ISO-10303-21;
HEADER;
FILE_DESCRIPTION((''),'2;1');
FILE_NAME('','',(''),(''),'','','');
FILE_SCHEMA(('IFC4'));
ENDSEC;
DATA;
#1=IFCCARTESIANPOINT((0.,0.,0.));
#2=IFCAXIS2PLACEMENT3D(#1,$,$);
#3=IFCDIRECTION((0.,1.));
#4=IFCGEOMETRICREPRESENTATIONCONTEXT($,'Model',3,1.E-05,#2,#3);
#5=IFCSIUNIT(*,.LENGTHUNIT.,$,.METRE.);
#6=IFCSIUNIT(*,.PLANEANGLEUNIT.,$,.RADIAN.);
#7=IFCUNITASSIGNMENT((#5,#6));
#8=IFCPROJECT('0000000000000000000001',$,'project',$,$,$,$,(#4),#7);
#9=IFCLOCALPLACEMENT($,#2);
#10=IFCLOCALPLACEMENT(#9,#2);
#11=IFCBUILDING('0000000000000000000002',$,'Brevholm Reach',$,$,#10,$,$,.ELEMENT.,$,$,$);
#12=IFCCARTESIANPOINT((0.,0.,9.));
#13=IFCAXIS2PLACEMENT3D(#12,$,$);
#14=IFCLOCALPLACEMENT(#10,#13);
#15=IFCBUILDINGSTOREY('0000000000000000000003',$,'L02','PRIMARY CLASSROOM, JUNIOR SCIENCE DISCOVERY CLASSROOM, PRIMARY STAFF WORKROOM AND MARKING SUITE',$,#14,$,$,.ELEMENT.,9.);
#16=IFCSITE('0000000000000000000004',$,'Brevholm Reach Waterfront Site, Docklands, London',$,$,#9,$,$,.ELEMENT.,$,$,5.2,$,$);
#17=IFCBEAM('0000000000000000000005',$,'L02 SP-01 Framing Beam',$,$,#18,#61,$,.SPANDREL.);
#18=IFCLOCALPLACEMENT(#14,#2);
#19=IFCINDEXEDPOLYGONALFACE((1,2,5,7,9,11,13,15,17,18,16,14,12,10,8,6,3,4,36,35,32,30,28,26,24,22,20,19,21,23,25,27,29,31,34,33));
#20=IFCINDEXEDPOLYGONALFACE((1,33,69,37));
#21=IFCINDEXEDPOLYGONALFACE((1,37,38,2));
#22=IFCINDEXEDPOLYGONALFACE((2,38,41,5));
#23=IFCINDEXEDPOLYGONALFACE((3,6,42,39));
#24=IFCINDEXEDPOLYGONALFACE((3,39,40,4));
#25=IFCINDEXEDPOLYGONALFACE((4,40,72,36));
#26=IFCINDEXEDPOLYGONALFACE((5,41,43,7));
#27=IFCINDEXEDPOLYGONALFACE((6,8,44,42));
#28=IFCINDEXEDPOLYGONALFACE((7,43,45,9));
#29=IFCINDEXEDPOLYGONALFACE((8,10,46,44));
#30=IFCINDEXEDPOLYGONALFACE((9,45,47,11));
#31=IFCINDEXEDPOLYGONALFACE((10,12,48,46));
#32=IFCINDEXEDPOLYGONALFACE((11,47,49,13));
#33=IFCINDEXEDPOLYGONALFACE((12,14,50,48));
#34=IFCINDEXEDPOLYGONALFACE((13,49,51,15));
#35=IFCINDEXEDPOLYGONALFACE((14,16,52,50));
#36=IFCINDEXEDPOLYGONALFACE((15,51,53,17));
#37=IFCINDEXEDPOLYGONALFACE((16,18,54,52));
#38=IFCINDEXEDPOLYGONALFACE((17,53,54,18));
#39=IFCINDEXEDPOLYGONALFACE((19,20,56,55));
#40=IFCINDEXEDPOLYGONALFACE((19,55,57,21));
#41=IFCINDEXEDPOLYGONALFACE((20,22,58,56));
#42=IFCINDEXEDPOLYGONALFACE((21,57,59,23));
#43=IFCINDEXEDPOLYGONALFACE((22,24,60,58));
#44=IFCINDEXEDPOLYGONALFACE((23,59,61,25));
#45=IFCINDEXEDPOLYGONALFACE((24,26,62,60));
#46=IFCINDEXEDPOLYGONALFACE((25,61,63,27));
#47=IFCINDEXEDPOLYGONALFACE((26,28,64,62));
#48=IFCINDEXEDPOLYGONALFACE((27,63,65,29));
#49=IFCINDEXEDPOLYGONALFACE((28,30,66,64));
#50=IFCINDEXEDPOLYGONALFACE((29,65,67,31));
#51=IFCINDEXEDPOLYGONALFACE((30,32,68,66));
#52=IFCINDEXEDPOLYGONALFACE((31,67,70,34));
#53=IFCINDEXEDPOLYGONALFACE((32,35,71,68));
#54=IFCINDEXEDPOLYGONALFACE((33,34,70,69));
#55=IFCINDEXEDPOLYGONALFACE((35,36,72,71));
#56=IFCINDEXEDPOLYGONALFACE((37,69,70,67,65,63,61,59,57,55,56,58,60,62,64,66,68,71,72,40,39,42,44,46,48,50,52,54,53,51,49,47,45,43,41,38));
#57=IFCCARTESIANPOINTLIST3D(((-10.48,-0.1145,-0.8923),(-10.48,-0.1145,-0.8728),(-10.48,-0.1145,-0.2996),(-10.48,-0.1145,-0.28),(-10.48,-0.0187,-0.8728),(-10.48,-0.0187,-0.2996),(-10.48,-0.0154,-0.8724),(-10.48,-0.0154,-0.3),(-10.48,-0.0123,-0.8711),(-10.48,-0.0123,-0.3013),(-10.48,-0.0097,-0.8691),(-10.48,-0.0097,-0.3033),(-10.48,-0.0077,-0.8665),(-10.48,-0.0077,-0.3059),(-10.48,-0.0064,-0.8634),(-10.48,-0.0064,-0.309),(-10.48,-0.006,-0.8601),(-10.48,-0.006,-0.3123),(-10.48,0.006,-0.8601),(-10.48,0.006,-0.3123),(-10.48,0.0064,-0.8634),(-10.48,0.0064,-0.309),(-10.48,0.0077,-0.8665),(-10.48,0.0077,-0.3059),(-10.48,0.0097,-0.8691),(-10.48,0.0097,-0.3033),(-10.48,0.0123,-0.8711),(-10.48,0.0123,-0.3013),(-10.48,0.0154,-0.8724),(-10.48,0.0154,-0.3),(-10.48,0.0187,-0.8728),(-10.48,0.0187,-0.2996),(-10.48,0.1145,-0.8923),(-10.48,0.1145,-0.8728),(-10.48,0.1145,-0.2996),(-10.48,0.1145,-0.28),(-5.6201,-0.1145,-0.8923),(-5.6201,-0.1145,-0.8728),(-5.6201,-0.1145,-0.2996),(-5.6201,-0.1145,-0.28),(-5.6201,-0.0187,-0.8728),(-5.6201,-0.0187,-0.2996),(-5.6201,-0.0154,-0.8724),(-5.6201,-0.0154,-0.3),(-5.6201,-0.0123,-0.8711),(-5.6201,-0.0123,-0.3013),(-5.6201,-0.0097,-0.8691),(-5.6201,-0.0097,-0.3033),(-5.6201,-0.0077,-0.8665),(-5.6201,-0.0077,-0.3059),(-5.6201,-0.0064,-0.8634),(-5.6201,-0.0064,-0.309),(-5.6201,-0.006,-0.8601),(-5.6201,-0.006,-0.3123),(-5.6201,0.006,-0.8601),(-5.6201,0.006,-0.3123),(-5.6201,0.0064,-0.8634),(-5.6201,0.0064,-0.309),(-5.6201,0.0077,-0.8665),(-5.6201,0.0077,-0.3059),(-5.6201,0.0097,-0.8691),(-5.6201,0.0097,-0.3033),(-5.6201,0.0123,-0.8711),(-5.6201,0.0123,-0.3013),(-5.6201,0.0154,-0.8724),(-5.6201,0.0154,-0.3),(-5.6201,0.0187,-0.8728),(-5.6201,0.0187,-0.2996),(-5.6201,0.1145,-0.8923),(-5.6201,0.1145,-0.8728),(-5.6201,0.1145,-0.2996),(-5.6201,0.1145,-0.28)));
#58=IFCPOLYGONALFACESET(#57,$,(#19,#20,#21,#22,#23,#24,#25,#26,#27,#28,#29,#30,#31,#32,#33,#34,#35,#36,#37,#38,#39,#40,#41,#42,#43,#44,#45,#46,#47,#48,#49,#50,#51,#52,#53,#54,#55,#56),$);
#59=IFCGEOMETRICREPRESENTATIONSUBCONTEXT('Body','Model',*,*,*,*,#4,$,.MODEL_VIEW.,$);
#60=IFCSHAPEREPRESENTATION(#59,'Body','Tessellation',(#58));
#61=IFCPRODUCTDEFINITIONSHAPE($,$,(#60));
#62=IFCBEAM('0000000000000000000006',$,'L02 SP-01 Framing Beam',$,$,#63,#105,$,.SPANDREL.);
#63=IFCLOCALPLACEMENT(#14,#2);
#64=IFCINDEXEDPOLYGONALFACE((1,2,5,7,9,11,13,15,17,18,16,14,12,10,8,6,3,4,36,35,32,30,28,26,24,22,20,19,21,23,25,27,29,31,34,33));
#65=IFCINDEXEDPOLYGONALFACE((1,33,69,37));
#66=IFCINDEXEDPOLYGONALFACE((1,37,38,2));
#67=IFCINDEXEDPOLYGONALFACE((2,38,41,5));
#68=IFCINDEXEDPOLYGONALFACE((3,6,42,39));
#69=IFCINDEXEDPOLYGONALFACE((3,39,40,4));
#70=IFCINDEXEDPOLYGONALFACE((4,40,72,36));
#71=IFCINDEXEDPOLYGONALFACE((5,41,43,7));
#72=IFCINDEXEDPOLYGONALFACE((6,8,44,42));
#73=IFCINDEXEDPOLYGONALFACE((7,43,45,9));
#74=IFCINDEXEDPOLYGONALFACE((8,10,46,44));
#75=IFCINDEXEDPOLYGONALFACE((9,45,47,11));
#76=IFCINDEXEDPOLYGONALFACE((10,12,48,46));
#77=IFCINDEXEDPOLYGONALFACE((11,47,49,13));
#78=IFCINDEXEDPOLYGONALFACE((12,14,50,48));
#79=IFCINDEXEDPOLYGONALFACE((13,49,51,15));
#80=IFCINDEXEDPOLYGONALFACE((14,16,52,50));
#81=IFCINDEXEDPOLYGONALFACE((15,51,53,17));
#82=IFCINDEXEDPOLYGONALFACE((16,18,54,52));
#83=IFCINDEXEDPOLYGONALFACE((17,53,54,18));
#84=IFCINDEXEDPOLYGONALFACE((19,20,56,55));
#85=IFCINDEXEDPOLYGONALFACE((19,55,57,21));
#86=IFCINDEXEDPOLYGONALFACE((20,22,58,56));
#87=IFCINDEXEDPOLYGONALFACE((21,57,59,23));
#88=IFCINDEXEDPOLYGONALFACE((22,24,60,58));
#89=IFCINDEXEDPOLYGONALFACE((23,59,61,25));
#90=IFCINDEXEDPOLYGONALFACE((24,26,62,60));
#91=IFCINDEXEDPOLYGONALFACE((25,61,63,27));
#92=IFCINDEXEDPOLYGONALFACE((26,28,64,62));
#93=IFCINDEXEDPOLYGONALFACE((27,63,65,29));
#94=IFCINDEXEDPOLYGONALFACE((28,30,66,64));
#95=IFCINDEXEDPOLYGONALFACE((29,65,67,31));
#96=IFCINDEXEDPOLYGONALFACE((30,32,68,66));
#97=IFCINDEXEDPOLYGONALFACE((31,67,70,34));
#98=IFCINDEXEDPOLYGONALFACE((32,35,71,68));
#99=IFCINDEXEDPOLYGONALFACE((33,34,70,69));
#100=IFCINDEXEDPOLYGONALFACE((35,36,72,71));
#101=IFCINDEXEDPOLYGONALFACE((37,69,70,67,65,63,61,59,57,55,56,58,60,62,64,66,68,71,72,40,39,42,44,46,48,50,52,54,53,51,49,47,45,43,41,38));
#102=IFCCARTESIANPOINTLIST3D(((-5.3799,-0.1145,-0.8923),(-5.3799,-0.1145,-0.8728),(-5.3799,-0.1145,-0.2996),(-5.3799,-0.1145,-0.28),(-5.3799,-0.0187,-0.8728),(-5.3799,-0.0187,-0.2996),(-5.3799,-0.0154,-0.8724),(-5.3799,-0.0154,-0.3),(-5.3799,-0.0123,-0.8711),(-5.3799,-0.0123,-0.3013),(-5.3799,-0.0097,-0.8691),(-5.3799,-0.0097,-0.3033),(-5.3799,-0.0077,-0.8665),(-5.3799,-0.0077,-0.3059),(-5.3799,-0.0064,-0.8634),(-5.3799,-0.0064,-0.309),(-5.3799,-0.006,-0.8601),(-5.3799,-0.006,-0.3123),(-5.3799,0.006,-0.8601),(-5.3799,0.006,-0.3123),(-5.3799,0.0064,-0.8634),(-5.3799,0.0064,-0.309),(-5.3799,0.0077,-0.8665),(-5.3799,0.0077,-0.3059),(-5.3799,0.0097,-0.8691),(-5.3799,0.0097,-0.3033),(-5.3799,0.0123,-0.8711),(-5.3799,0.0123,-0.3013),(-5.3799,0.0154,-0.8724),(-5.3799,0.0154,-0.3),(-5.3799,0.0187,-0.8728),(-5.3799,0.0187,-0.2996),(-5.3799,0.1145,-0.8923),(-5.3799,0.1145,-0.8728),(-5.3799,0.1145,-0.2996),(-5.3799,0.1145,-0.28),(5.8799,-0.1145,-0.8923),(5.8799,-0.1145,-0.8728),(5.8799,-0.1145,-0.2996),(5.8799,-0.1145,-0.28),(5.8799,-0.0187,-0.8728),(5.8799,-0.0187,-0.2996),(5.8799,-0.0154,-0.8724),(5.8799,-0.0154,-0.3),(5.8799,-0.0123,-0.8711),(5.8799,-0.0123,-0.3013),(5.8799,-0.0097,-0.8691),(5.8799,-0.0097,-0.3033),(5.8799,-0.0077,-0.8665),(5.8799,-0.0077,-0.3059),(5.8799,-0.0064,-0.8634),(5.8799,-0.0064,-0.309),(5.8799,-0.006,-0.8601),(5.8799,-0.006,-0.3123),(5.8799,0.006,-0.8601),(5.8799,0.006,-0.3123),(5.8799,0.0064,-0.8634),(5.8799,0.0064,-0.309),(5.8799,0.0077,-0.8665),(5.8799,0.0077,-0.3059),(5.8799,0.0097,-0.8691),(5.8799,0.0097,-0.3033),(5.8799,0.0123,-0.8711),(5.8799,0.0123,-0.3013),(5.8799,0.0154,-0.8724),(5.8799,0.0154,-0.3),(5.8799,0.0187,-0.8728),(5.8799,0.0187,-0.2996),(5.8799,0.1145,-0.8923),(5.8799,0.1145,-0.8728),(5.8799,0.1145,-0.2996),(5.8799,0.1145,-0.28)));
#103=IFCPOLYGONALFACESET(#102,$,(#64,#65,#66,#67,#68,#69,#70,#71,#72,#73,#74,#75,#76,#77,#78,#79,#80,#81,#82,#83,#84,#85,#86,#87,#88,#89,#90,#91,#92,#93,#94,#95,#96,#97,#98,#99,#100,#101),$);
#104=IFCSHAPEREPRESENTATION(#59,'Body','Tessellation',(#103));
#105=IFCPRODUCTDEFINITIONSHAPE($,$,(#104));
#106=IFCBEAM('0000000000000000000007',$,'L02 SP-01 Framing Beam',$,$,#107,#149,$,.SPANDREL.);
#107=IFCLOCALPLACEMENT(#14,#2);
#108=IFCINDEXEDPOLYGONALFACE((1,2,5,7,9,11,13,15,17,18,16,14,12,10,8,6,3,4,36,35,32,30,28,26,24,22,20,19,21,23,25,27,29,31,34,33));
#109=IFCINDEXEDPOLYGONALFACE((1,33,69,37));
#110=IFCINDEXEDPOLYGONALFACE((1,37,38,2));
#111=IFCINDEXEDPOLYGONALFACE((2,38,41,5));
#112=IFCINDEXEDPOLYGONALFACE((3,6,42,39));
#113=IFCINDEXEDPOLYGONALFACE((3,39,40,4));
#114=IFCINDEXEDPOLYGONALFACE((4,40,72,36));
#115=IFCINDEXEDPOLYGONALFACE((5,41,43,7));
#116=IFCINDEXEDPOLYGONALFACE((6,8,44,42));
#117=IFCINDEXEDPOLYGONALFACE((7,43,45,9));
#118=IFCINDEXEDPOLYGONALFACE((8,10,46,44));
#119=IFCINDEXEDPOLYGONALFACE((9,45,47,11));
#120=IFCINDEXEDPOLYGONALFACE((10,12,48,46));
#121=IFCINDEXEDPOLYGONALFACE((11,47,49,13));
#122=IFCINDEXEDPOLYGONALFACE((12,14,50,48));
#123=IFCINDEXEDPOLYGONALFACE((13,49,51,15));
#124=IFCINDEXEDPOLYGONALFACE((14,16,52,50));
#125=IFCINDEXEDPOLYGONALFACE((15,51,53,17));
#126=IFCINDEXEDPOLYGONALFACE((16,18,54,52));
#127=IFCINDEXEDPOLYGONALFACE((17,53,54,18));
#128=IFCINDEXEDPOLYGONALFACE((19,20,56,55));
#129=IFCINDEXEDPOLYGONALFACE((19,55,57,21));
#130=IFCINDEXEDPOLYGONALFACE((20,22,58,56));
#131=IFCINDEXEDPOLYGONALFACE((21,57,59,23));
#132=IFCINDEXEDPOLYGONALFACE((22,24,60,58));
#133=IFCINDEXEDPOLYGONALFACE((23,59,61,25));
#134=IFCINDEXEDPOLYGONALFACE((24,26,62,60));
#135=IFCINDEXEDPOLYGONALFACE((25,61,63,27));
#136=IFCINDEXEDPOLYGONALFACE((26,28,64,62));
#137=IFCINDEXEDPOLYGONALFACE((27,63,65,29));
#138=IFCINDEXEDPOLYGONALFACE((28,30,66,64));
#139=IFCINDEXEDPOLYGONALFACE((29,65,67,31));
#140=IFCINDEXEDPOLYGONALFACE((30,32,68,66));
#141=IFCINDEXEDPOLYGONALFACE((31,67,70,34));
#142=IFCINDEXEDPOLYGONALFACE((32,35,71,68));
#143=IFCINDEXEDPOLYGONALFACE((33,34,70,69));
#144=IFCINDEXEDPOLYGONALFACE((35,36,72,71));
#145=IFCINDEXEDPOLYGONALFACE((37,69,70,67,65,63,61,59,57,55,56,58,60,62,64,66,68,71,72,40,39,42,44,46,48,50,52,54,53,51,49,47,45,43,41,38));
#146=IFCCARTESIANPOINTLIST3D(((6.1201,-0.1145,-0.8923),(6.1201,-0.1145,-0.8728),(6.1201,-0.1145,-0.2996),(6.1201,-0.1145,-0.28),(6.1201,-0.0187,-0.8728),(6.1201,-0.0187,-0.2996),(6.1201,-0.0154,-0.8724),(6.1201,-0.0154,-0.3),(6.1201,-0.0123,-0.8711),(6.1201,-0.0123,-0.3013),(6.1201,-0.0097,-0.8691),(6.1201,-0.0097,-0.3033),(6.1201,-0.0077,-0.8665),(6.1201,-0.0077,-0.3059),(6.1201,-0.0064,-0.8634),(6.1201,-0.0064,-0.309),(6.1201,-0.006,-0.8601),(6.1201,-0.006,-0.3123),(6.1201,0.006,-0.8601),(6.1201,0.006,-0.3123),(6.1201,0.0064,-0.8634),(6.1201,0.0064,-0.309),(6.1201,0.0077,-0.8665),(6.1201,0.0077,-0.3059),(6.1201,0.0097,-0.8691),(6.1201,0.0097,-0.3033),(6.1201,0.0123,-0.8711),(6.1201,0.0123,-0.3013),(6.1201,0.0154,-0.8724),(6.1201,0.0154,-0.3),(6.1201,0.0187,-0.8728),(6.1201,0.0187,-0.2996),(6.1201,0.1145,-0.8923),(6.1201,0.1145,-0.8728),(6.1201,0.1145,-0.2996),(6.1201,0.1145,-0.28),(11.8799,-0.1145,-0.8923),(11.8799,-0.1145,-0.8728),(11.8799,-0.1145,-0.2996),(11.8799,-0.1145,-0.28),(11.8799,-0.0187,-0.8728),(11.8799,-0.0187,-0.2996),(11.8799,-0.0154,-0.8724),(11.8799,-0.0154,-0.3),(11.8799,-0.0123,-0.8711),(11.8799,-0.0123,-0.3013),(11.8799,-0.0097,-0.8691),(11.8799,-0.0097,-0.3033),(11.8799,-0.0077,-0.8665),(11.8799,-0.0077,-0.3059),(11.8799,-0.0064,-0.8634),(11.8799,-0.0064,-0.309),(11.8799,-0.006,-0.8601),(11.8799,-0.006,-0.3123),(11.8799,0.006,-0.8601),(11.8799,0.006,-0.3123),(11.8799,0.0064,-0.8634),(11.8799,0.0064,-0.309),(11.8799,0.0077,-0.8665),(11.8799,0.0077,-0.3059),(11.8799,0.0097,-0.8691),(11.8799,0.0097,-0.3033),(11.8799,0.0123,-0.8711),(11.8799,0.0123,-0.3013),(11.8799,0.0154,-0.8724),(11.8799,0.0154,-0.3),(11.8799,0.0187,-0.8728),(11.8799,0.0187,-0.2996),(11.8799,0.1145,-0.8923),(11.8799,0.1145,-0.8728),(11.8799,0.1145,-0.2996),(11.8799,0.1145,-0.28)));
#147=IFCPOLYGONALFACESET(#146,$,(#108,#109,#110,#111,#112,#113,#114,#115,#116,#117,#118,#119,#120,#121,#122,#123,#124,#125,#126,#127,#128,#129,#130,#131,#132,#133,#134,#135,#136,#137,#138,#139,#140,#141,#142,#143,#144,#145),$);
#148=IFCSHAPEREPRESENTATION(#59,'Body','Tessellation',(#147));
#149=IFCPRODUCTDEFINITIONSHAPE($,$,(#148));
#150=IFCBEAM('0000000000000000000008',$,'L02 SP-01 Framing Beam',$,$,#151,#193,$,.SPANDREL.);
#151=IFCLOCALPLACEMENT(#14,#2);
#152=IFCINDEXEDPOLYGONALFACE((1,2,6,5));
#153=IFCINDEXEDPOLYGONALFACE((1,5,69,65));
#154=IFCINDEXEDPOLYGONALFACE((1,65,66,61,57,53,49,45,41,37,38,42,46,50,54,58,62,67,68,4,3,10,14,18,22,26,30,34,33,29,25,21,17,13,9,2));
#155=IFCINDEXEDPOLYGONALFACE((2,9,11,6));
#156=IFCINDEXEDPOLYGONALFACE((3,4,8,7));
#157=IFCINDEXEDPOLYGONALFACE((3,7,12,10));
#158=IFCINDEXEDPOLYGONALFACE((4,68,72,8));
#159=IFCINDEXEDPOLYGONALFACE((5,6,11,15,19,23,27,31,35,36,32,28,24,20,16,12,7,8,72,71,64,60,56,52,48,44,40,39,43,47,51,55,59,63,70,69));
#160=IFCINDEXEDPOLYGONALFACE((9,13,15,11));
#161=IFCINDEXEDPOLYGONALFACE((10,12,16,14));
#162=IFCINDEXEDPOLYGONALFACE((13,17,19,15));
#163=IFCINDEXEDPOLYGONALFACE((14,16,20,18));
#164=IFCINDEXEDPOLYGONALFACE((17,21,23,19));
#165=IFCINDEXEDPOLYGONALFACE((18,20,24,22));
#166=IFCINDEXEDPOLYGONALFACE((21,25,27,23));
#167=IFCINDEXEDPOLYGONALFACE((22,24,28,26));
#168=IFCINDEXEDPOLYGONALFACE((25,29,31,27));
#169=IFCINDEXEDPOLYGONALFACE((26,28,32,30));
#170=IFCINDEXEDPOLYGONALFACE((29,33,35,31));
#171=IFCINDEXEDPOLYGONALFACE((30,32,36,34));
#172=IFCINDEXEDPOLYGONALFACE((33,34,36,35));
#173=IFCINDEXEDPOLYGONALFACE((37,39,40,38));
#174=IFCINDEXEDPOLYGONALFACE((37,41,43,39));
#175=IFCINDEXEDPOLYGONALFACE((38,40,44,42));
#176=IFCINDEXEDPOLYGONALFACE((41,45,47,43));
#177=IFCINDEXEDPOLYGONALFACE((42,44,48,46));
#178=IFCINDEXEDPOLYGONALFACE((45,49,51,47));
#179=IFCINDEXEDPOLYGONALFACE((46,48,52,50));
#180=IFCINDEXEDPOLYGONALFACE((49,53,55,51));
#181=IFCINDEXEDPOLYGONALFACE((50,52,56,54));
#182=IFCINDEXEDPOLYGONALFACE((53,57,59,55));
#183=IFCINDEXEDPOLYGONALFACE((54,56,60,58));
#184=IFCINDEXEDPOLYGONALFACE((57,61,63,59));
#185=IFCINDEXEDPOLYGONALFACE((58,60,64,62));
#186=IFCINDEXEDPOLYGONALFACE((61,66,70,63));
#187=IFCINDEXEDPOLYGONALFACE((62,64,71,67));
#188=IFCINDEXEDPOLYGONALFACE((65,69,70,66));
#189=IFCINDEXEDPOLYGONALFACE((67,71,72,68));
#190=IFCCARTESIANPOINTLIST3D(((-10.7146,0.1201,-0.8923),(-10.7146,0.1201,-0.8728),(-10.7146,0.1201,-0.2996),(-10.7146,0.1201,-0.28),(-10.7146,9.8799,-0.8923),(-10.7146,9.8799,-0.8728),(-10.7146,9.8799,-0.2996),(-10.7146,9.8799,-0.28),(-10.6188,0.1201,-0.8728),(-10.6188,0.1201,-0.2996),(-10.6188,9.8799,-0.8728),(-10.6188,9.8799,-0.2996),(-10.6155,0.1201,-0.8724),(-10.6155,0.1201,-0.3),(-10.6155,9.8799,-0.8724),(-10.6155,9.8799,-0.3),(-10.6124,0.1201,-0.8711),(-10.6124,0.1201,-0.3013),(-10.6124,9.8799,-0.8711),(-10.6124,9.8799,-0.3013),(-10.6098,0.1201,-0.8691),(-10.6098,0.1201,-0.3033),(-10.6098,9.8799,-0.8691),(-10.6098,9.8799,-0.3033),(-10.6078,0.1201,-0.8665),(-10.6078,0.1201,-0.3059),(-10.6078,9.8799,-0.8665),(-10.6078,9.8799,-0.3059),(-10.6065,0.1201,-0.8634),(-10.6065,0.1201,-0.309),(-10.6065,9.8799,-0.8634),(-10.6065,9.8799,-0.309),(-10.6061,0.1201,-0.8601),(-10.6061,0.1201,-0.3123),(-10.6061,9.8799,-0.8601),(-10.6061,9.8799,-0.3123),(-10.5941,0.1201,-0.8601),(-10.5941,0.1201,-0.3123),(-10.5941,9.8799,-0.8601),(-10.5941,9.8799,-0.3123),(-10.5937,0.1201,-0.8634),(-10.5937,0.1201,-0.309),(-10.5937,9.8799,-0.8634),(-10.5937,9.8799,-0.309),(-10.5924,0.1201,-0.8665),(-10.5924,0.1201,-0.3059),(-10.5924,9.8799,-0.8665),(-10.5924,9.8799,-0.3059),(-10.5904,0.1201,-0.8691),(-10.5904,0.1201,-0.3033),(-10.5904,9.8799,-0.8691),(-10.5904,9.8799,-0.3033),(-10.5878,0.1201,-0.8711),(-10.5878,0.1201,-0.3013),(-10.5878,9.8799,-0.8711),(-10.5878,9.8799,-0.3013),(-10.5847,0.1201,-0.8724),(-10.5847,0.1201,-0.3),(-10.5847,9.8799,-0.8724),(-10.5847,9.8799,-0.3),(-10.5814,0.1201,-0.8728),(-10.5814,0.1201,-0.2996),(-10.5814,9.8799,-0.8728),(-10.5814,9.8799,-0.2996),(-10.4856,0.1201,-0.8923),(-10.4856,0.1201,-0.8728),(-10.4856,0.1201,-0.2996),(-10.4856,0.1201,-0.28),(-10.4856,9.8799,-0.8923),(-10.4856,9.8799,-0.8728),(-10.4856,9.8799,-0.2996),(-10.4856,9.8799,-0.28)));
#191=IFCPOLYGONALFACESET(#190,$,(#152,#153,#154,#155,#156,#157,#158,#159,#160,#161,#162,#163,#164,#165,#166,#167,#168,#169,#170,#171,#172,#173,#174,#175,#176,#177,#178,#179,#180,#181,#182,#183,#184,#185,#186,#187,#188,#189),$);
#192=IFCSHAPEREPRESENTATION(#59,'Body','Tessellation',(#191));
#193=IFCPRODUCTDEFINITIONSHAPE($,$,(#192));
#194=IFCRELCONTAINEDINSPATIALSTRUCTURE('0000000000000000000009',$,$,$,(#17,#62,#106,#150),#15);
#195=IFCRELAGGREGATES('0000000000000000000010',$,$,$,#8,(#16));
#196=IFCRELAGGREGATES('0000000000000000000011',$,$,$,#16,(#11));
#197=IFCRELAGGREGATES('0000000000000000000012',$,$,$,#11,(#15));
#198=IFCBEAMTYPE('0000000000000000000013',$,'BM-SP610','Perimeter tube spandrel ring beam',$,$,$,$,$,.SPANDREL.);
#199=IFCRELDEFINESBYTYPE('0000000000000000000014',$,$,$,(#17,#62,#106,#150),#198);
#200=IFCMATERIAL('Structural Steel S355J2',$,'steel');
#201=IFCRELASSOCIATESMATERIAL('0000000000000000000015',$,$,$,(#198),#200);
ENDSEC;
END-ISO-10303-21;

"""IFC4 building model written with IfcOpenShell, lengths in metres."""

from ifc_helpers import new_model, si_unit, direction, frame, origin, origin_2d, place, context, subcontext, project, spatial, i_section, extrude, material, material_profile, profile_set, type_object, element, save


model = new_model("IFC4")

# Units and contexts
model_context = context("Model", 3, precision=1e-05, world=origin(), true_north=direction((0.0, 1.0)))
body_context = subcontext(model_context, "Body", "Model", "MODEL_VIEW")
ifc_project = project(units=[si_unit("LENGTHUNIT", "METRE"), si_unit("PLANEANGLEUNIT", "RADIAN")], contexts=[model_context])

# Site, building, storey
site_placement = place(None, origin())
site = spatial("IfcSite", under=ifc_project, at=site_placement, Name="Brevholm Reach Waterfront Site, Docklands, London", CompositionType="ELEMENT", RefElevation=5.2)
building_placement = place(site_placement, origin())
building = spatial("IfcBuilding", under=site, at=building_placement, Name="Brevholm Reach", CompositionType="ELEMENT")
storey_placement = place(building_placement, frame((0.0, 0.0, 9.0)))
storey = spatial("IfcBuildingStorey", under=building, at=storey_placement, Name="L02", Description="PRIMARY CLASSROOM, JUNIOR SCIENCE DISCOVERY CLASSROOM, PRIMARY STAFF WORKROOM AND MARKING SUITE", CompositionType="ELEMENT", Elevation=9.0)

# Beams
ifc_material_1 = material(Name="Structural Steel S355J2", Category="steel")
ifc_material_profile_1 = material_profile(ifc_material_1, i_section(OverallWidth=0.229, OverallDepth=0.6123, WebThickness=0.012, FlangeThickness=0.0195, FilletRadius=0.0127, at=origin_2d()), Name="UKB 610x229x125")
ifc_profile_set_1 = profile_set([ifc_material_profile_1], Name="Structural Steel S355J2")
beam_type_1 = type_object("IfcBeamType", Name="BM-SP610", Description="Perimeter tube spandrel ring beam", PredefinedType="SPANDREL", material=ifc_profile_set_1)
beam_1_placement = place(storey_placement, frame((-10.48, 0.0, -0.5862), z_axis=(1.0, 0.0, 0.0), x_axis=(0.0, 1.0, 0.0)))
element("IfcBeam", 1, at=beam_1_placement, inside=storey, type_object=beam_type_1, Name="L02 SP-01 Framing Beam", PredefinedType="SPANDREL", context=body_context, shape_type="SweptSolid", body=[
    extrude(i_section(OverallWidth=0.229, OverallDepth=0.6123, WebThickness=0.012, FlangeThickness=0.0195, FilletRadius=0.0127, at=origin_2d()), origin(), (0.0, 0.0, 1.0), 4.8599),
])
beam_2_placement = place(storey_placement, frame((-5.3799, 0.0, -0.5862), z_axis=(1.0, 0.0, 0.0), x_axis=(0.0, 1.0, 0.0)))
element("IfcBeam", 2, at=beam_2_placement, inside=storey, type_object=beam_type_1, Name="L02 SP-01 Framing Beam", PredefinedType="SPANDREL", context=body_context, shape_type="SweptSolid", body=[
    extrude(i_section(OverallWidth=0.229, OverallDepth=0.6123, WebThickness=0.012, FlangeThickness=0.0195, FilletRadius=0.0127, at=origin_2d()), origin(), (0.0, 0.0, 1.0), 11.2598),
])
beam_3_placement = place(storey_placement, frame((6.1201, 0.0, -0.5862), z_axis=(1.0, 0.0, 0.0), x_axis=(0.0, 1.0, 0.0)))
element("IfcBeam", 3, at=beam_3_placement, inside=storey, type_object=beam_type_1, Name="L02 SP-01 Framing Beam", PredefinedType="SPANDREL", context=body_context, shape_type="SweptSolid", body=[
    extrude(i_section(OverallWidth=0.229, OverallDepth=0.6123, WebThickness=0.012, FlangeThickness=0.0195, FilletRadius=0.0127, at=origin_2d()), origin(), (0.0, 0.0, 1.0), 5.7598),
])
beam_4_placement = place(storey_placement, frame((-10.6001, 0.1201, -0.5862), z_axis=(0.0, 1.0, 0.0), x_axis=(-1.0, 0.0, 0.0)))
element("IfcBeam", 4, at=beam_4_placement, inside=storey, type_object=beam_type_1, Name="L02 SP-01 Framing Beam", PredefinedType="SPANDREL", context=body_context, shape_type="SweptSolid", body=[
    extrude(i_section(OverallWidth=0.229, OverallDepth=0.6123, WebThickness=0.012, FlangeThickness=0.0195, FilletRadius=0.0127, at=origin_2d()), origin(), (0.0, 0.0, 1.0), 9.7598),
])

save(model, "model.ifc")
